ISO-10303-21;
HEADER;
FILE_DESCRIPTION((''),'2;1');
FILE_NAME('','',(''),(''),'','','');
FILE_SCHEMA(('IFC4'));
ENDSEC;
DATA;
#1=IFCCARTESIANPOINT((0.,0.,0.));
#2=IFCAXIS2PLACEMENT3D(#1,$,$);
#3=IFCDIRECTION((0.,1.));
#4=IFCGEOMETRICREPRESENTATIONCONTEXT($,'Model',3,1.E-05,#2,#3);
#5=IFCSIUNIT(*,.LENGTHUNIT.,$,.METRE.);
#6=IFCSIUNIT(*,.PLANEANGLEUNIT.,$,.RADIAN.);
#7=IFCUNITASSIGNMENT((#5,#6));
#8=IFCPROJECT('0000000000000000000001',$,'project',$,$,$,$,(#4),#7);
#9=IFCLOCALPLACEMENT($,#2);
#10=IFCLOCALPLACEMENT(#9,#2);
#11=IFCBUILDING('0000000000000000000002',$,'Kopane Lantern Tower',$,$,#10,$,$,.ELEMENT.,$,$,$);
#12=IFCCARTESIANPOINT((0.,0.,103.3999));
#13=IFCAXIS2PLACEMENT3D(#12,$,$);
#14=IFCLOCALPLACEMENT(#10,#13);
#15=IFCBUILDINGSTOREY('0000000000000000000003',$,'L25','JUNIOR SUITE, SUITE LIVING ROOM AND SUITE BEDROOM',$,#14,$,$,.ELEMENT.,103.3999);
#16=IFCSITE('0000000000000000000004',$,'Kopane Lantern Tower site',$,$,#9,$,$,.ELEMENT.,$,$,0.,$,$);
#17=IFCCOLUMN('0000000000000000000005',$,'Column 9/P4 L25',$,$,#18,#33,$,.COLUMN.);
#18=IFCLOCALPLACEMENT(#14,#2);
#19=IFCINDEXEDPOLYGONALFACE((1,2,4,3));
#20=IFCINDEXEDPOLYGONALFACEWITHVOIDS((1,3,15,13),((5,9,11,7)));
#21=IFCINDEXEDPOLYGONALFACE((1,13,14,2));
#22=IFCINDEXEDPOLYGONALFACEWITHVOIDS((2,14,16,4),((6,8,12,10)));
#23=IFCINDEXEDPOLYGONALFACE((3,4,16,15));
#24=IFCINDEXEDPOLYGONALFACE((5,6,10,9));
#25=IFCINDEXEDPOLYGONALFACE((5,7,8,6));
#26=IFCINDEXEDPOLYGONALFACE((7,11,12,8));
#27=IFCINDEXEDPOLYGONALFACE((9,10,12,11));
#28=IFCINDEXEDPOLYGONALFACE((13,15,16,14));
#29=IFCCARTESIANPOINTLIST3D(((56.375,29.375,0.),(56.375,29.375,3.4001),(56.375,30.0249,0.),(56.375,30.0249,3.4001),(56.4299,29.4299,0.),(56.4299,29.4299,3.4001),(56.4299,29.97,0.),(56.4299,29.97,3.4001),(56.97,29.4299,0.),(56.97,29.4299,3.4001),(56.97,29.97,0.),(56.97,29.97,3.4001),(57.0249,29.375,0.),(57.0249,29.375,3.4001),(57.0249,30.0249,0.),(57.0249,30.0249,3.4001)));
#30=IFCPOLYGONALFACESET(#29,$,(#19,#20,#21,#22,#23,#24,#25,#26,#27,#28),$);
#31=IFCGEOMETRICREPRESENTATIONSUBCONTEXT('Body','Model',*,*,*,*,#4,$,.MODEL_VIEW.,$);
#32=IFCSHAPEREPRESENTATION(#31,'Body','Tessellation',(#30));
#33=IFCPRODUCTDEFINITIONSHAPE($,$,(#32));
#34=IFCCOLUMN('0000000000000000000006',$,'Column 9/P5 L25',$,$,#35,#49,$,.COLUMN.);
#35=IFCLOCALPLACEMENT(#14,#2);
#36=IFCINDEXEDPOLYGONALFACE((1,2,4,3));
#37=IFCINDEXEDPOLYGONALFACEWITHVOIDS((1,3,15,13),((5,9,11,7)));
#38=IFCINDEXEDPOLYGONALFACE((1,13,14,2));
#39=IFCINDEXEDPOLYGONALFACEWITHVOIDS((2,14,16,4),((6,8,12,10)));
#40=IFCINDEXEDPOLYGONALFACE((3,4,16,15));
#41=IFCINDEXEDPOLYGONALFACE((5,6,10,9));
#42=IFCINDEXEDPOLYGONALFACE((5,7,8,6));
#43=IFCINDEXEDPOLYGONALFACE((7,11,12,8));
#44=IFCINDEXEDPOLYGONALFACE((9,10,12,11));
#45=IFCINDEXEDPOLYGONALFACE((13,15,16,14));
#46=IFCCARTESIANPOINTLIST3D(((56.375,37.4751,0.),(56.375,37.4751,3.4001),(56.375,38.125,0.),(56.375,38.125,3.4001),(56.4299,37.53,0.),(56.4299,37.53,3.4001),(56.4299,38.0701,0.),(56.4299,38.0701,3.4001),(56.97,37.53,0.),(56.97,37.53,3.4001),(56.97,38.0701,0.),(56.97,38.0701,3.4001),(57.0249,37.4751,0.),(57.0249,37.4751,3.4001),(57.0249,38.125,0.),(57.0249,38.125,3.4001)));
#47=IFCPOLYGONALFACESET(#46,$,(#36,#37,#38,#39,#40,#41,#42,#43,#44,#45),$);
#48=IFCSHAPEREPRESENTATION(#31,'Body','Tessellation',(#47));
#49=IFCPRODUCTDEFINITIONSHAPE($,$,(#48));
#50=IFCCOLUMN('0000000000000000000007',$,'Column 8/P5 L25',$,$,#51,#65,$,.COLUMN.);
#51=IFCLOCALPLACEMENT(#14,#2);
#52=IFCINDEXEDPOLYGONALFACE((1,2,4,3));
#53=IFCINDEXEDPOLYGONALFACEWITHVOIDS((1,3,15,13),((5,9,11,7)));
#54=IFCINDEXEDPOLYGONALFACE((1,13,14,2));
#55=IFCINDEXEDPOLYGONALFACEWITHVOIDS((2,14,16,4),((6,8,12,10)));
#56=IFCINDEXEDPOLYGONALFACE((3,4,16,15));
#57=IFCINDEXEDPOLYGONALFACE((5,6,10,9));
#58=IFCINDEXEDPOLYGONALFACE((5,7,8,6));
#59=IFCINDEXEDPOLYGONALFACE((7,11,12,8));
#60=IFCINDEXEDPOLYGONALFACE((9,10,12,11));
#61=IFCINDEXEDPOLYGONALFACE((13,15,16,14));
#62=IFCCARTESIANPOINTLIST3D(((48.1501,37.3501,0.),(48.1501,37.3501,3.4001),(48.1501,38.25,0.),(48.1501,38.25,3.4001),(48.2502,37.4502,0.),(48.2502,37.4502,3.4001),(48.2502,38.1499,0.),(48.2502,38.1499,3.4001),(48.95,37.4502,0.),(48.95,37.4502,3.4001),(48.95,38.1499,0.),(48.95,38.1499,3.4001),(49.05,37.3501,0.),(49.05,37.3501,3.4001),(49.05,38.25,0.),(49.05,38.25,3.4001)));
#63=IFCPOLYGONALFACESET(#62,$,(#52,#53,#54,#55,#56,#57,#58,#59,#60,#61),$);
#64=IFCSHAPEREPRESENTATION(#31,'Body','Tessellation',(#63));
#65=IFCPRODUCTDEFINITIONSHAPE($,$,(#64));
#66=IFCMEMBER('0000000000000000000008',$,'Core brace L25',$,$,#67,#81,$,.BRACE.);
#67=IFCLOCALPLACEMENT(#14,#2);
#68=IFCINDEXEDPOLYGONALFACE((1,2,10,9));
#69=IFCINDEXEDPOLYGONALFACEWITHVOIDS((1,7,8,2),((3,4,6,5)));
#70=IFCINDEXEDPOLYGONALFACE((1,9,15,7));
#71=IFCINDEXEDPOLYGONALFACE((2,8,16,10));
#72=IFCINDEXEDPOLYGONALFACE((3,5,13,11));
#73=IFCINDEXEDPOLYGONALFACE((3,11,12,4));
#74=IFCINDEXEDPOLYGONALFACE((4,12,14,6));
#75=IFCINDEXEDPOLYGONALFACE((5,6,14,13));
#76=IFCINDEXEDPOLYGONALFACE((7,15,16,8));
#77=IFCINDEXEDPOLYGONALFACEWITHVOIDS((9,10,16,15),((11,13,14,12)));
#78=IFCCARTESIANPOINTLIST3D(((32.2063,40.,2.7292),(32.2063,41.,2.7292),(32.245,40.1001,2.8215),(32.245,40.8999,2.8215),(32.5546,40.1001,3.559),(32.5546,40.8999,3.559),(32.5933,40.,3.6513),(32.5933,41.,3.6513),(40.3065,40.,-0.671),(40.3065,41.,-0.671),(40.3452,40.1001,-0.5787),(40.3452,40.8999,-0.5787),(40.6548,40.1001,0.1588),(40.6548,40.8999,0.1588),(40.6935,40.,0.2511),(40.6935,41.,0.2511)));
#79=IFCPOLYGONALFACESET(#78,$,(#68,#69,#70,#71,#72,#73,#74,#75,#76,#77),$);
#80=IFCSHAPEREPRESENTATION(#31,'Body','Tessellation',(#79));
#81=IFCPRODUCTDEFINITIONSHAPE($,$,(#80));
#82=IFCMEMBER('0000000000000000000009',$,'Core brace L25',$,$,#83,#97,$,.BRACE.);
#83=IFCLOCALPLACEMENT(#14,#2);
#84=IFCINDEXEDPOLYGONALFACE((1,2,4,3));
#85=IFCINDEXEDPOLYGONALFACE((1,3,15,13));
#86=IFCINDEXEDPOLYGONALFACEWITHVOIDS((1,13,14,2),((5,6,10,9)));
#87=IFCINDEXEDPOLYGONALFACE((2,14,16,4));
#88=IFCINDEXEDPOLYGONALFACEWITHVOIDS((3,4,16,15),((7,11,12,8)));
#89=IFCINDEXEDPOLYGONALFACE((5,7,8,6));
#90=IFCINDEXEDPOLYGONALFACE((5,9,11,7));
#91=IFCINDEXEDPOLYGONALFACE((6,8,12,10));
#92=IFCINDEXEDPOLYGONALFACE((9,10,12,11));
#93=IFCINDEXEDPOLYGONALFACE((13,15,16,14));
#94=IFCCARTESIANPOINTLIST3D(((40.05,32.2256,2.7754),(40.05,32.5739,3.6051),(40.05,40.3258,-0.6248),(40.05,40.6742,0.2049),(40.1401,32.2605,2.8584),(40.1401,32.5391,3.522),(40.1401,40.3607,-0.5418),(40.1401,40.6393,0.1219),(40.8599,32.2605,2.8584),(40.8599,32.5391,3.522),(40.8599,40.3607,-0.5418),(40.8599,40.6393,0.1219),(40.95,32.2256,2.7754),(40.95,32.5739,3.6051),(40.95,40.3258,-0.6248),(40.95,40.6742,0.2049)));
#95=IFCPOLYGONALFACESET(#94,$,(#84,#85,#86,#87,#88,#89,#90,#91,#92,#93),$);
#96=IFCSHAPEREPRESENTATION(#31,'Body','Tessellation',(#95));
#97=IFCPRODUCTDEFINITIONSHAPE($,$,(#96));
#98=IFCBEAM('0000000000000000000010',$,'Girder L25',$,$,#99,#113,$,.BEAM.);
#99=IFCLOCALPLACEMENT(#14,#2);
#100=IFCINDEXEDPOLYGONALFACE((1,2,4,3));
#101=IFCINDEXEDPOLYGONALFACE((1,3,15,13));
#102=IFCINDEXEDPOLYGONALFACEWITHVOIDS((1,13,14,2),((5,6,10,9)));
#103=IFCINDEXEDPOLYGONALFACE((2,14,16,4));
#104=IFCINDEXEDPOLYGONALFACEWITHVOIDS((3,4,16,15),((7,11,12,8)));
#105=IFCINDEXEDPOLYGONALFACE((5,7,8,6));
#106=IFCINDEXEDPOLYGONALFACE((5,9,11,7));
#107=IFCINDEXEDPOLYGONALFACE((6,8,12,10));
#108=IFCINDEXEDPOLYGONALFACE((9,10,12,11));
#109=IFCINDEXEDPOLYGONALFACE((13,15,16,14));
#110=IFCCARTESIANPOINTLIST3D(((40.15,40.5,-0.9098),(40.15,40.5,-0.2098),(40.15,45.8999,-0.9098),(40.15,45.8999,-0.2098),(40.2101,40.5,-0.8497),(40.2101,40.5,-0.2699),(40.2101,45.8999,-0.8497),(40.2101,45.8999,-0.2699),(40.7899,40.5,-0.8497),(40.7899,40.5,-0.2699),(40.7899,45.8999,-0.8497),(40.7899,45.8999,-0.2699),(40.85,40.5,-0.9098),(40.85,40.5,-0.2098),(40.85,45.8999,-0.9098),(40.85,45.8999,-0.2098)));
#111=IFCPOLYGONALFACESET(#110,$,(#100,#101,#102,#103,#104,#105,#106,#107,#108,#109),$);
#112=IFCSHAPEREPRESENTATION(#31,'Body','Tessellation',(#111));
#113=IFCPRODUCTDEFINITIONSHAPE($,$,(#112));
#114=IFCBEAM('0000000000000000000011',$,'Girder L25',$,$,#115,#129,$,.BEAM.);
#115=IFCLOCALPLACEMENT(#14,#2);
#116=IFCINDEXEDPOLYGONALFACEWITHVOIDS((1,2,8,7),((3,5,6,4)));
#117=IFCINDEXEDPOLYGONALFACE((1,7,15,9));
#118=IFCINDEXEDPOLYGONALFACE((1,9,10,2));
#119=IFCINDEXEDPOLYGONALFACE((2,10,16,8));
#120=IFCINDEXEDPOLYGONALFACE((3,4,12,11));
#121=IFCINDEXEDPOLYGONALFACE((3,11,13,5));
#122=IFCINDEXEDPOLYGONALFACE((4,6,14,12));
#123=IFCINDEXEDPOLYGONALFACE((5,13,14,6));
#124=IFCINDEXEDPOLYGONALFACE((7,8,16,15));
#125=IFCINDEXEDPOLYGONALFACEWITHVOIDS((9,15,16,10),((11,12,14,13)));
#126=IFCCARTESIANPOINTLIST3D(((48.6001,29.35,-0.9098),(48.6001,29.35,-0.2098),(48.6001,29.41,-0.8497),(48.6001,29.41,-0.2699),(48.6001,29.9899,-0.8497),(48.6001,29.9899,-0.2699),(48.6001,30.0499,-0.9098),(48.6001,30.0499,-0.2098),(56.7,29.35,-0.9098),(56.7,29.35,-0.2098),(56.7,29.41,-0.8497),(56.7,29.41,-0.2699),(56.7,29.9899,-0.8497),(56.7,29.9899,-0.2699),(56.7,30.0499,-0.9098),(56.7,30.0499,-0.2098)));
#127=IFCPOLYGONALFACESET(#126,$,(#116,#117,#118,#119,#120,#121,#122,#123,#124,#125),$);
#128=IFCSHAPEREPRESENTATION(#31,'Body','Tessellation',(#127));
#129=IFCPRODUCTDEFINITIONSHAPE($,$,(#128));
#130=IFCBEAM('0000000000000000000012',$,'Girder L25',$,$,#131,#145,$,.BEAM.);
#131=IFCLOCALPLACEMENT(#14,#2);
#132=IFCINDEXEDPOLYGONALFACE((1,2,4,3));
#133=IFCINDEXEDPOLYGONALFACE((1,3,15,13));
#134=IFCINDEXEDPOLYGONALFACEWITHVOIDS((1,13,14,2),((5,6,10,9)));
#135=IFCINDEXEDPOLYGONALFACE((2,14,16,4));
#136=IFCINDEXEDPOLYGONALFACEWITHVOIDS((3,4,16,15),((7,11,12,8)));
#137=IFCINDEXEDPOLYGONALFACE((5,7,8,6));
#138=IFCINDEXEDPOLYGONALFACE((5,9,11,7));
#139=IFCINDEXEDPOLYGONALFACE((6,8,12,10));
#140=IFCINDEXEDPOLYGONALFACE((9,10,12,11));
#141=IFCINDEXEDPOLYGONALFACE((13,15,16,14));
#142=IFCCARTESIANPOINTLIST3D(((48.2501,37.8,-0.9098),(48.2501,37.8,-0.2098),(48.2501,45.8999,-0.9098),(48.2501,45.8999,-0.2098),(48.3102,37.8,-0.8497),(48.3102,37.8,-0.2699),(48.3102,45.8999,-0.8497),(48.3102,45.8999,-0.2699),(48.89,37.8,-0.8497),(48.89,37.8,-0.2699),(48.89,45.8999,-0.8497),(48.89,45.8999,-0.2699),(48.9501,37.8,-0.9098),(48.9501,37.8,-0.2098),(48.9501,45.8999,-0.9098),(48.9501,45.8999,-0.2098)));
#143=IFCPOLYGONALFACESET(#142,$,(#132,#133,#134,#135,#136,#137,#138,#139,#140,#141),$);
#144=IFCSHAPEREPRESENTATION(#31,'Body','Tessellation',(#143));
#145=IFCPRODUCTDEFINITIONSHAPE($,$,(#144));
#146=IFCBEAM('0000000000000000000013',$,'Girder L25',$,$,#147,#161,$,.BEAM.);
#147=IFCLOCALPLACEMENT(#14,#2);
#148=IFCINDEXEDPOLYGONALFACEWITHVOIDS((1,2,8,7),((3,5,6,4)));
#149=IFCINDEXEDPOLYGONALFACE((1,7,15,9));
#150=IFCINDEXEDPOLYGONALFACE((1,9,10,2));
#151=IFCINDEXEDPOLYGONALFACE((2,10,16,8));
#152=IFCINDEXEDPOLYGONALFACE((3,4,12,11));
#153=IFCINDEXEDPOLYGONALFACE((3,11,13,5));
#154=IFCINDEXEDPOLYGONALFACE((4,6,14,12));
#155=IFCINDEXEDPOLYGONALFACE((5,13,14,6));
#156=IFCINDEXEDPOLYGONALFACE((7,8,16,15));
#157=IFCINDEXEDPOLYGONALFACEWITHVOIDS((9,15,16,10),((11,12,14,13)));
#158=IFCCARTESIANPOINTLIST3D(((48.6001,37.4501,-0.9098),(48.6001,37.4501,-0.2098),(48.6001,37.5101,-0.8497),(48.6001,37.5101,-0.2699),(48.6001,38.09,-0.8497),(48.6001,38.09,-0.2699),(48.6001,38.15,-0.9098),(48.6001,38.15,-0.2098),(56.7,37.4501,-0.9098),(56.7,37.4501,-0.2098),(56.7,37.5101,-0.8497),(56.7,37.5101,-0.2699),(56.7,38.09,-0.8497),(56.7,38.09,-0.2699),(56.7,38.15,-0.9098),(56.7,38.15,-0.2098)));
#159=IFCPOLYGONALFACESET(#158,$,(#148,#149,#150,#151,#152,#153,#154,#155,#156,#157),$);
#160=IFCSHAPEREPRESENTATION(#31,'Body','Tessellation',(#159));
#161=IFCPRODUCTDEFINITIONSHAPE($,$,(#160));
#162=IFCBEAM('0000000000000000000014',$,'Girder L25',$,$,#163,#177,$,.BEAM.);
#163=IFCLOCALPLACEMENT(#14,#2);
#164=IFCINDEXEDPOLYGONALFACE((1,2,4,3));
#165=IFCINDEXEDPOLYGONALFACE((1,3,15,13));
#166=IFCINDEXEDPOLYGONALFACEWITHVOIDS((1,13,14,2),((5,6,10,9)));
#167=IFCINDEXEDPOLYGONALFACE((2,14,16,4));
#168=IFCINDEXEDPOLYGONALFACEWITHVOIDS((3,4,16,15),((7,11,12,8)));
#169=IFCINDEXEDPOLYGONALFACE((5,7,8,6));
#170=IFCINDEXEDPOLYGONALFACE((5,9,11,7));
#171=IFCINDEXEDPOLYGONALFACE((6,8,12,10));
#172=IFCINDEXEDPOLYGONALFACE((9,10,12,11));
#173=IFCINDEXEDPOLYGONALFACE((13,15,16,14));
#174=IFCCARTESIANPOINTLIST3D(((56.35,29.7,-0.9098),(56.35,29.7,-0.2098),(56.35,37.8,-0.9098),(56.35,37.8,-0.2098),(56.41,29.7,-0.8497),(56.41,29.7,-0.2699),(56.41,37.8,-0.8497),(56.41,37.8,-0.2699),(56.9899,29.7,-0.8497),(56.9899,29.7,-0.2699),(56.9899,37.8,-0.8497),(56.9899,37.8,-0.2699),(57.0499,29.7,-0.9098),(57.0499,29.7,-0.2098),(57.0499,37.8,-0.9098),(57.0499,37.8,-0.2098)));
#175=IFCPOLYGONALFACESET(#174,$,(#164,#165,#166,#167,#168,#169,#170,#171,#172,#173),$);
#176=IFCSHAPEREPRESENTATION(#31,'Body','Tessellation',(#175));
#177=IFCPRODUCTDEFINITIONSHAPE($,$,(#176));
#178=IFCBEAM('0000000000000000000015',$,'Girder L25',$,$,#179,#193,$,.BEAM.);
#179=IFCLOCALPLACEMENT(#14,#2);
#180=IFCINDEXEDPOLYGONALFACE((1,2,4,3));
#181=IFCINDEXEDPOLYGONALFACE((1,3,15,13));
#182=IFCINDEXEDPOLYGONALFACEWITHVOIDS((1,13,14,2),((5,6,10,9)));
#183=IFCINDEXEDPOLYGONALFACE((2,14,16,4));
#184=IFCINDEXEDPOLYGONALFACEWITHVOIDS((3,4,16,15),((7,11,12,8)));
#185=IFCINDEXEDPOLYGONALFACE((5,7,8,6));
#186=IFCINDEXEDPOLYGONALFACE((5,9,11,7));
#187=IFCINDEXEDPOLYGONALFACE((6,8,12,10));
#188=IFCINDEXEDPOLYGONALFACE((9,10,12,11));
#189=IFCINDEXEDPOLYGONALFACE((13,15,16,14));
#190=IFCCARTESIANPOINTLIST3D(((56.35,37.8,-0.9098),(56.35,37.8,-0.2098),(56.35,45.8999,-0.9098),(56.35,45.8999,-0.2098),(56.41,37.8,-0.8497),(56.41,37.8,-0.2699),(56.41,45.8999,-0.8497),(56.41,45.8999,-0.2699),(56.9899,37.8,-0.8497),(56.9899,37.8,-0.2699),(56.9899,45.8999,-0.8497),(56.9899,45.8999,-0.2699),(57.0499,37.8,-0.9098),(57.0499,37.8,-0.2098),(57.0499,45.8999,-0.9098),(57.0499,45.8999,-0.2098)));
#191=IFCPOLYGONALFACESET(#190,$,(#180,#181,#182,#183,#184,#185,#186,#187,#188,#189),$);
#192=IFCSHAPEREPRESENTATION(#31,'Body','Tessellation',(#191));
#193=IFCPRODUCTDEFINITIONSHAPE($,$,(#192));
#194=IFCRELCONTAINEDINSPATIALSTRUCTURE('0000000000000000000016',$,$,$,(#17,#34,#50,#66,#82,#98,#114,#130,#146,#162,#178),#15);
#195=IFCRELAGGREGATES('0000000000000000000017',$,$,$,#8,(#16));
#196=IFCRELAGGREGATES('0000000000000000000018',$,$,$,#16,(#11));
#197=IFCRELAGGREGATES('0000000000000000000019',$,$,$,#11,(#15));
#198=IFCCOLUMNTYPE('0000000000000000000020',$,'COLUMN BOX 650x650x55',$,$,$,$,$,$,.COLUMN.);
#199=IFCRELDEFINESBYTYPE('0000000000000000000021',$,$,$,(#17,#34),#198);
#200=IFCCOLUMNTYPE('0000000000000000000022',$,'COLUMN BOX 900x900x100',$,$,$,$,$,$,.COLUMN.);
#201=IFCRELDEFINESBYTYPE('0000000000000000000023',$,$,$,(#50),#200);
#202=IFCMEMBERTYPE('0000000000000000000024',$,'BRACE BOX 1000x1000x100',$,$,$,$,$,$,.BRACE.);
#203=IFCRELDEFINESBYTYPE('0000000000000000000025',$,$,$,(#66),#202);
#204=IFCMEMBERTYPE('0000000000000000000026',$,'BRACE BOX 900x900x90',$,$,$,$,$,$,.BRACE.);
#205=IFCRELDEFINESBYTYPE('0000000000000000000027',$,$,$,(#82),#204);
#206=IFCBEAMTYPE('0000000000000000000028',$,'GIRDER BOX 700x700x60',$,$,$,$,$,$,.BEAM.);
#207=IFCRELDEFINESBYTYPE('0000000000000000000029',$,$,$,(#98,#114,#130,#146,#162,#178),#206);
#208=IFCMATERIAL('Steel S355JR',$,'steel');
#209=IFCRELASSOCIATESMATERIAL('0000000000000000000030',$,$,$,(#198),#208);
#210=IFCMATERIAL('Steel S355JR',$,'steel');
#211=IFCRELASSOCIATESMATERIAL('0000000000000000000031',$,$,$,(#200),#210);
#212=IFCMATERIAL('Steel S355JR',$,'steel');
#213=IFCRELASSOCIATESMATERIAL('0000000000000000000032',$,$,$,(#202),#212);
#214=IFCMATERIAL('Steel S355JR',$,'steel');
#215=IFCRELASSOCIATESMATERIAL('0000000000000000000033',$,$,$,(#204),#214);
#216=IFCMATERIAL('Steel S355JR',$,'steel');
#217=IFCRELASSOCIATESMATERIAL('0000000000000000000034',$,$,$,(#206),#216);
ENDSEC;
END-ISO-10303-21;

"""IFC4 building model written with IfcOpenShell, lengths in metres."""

from ifc_helpers import new_model, si_unit, direction, frame, origin, origin_2d, place, context, subcontext, project, spatial, hollow_rectangle, extrude, material, material_profile, profile_set, type_object, element, save


model = new_model("IFC4")

# Units and contexts
model_context = context("Model", 3, precision=1e-05, world=origin(), true_north=direction((0.0, 1.0)))
body_context = subcontext(model_context, "Body", "Model", "MODEL_VIEW")
ifc_project = project(units=[si_unit("LENGTHUNIT", "METRE"), si_unit("PLANEANGLEUNIT", "RADIAN")], contexts=[model_context])

# Site, building, storey
site_placement = place(None, origin())
site = spatial("IfcSite", under=ifc_project, at=site_placement, Name="Kopane Lantern Tower site", CompositionType="ELEMENT", RefElevation=0.0)
building_placement = place(site_placement, origin())
building = spatial("IfcBuilding", under=site, at=building_placement, Name="Kopane Lantern Tower", CompositionType="ELEMENT")
storey_placement = place(building_placement, frame((0.0, 0.0, 103.3999)))
storey = spatial("IfcBuildingStorey", under=building, at=storey_placement, Name="L25", Description="JUNIOR SUITE, SUITE LIVING ROOM AND SUITE BEDROOM", CompositionType="ELEMENT", Elevation=103.3999)

# Columns
ifc_material_1 = material(Name="Steel S355JR", Category="steel")
ifc_material_profile_1 = material_profile(ifc_material_1, hollow_rectangle(XDim=0.6499, YDim=0.6499, WallThickness=0.0549, at=origin_2d()), Name="BOX 650x650x55")
ifc_profile_set_1 = profile_set([ifc_material_profile_1], Name="Steel S355JR")
column_type_1 = type_object("IfcColumnType", Name="COLUMN BOX 650x650x55", PredefinedType="COLUMN", material=ifc_profile_set_1)
for number, where, z_axis, x_axis, name in (
    (1, (56.7, 29.7, 0.0), (0.0, 0.0, 1.0), (1.0, 0.0, 0.0), "Column 9/P4 L25"),
    (2, (56.7, 37.8, 0.0), (0.0, 0.0, 1.0), (1.0, 0.0, 0.0), "Column 9/P5 L25"),
):
    element("IfcColumn", number, at=place(storey_placement, frame(where, z_axis=z_axis, x_axis=x_axis)), inside=storey, type_object=column_type_1, Name=name, PredefinedType="COLUMN", context=body_context, shape_type="SweptSolid", body=[
        extrude(hollow_rectangle(XDim=0.6499, YDim=0.6499, WallThickness=0.0549, at=origin_2d()), origin(), (0.0, 0.0, 1.0), 3.4001),
    ])
ifc_material_2 = material(Name="Steel S355JR", Category="steel")
ifc_material_profile_2 = material_profile(ifc_material_2, hollow_rectangle(XDim=0.8999, YDim=0.8999, WallThickness=0.1001, at=origin_2d()), Name="BOX 900x900x100")
ifc_profile_set_2 = profile_set([ifc_material_profile_2], Name="Steel S355JR")
column_type_2 = type_object("IfcColumnType", Name="COLUMN BOX 900x900x100", PredefinedType="COLUMN", material=ifc_profile_set_2)
column_placement = place(storey_placement, frame((48.6001, 37.8, 0.0), z_axis=(0.0, 0.0, 1.0), x_axis=(1.0, 0.0, 0.0)))
element("IfcColumn", 3, at=column_placement, inside=storey, type_object=column_type_2, Name="Column 8/P5 L25", PredefinedType="COLUMN", context=body_context, shape_type="SweptSolid", body=[
    extrude(hollow_rectangle(XDim=0.8999, YDim=0.8999, WallThickness=0.1001, at=origin_2d()), origin(), (0.0, 0.0, 1.0), 3.4001),
])

# Members
ifc_material_3 = material(Name="Steel S355JR", Category="steel")
ifc_material_profile_3 = material_profile(ifc_material_3, hollow_rectangle(XDim=1.0, YDim=1.0, WallThickness=0.1001, at=origin_2d()), Name="BOX 1000x1000x100")
ifc_profile_set_3 = profile_set([ifc_material_profile_3], Name="Steel S355JR")
member_type_1 = type_object("IfcMemberType", Name="BRACE BOX 1000x1000x100", PredefinedType="BRACE", material=ifc_profile_set_3)
member_1_placement = place(storey_placement, frame((40.5, 40.5, -0.21), z_axis=(-0.922059, 0.0, 0.387049), x_axis=(0.0, -1.0, 0.0)))
element("IfcMember", 4, at=member_1_placement, inside=storey, type_object=member_type_1, Name="Core brace L25", PredefinedType="BRACE", context=body_context, shape_type="SweptSolid", body=[
    extrude(hollow_rectangle(XDim=1.0, YDim=1.0, WallThickness=0.1001, at=origin_2d()), origin(), (0.0, 0.0, 1.0), 8.7849),
])
ifc_material_4 = material(Name="Steel S355JR", Category="steel")
ifc_material_profile_4 = material_profile(ifc_material_4, hollow_rectangle(XDim=0.8999, YDim=0.8999, WallThickness=0.0901, at=origin_2d()), Name="BOX 900x900x90")
ifc_profile_set_4 = profile_set([ifc_material_profile_4], Name="Steel S355JR")
member_type_2 = type_object("IfcMemberType", Name="BRACE BOX 900x900x90", PredefinedType="BRACE", material=ifc_profile_set_4)
member_2_placement = place(storey_placement, frame((40.5, 40.5, -0.21), z_axis=(0.0, -0.922059, 0.387049), x_axis=(1.0, 0.0, 0.0)))
element("IfcMember", 5, at=member_2_placement, inside=storey, type_object=member_type_2, Name="Core brace L25", PredefinedType="BRACE", context=body_context, shape_type="SweptSolid", body=[
    extrude(hollow_rectangle(XDim=0.8999, YDim=0.8999, WallThickness=0.0901, at=origin_2d()), origin(), (0.0, 0.0, 1.0), 8.7849),
])

# Beams
ifc_material_5 = material(Name="Steel S355JR", Category="steel")
ifc_material_profile_5 = material_profile(ifc_material_5, hollow_rectangle(XDim=0.7, YDim=0.7, WallThickness=0.0601, at=origin_2d()), Name="BOX 700x700x60")
ifc_profile_set_5 = profile_set([ifc_material_profile_5], Name="Steel S355JR")
beam_type = type_object("IfcBeamType", Name="GIRDER BOX 700x700x60", PredefinedType="BEAM", material=ifc_profile_set_5)
beam_1_placement = place(storey_placement, frame((40.5, 40.5, -0.5598), z_axis=(0.0, 1.0, 0.0), x_axis=(-1.0, 0.0, 0.0)))
element("IfcBeam", 6, at=beam_1_placement, inside=storey, type_object=beam_type, Name="Girder L25", PredefinedType="BEAM", context=body_context, shape_type="SweptSolid", body=[
    extrude(hollow_rectangle(XDim=0.7, YDim=0.7, WallThickness=0.0601, at=origin_2d()), origin(), (0.0, 0.0, 1.0), 5.3999),
])
for number, where, z_axis, x_axis, name in (
    (7, (48.6001, 29.7, -0.5598), (1.0, 0.0, 0.0), (0.0, 1.0, 0.0), "Girder L25"),
    (8, (48.6001, 37.8, -0.5598), (0.0, 1.0, 0.0), (-1.0, 0.0, 0.0), "Girder L25"),
    (9, (48.6001, 37.8, -0.5598), (1.0, 0.0, 0.0), (0.0, 1.0, 0.0), "Girder L25"),
):
    element("IfcBeam", number, at=place(storey_placement, frame(where, z_axis=z_axis, x_axis=x_axis)), inside=storey, type_object=beam_type, Name=name, PredefinedType="BEAM", context=body_context, shape_type="SweptSolid", body=[
        extrude(hollow_rectangle(XDim=0.7, YDim=0.7, WallThickness=0.0601, at=origin_2d()), origin(), (0.0, 0.0, 1.0), 8.0999),
    ])
beam_2_placement = place(storey_placement, frame((56.7, 29.7, -0.5598), z_axis=(0.0, 1.0, 0.0), x_axis=(-1.0, 0.0, 0.0)))
element("IfcBeam", 10, at=beam_2_placement, inside=storey, type_object=beam_type, Name="Girder L25", PredefinedType="BEAM", context=body_context, shape_type="SweptSolid", body=[
    extrude(hollow_rectangle(XDim=0.7, YDim=0.7, WallThickness=0.0601, at=origin_2d()), origin(), (0.0, 0.0, 1.0), 8.1001),
])
beam_3_placement = place(storey_placement, frame((56.7, 37.8, -0.5598), z_axis=(0.0, 1.0, 0.0), x_axis=(-1.0, 0.0, 0.0)))
element("IfcBeam", 11, at=beam_3_placement, inside=storey, type_object=beam_type, Name="Girder L25", PredefinedType="BEAM", context=body_context, shape_type="SweptSolid", body=[
    extrude(hollow_rectangle(XDim=0.7, YDim=0.7, WallThickness=0.0601, at=origin_2d()), origin(), (0.0, 0.0, 1.0), 8.0999),
])

save(model, "model.ifc")
